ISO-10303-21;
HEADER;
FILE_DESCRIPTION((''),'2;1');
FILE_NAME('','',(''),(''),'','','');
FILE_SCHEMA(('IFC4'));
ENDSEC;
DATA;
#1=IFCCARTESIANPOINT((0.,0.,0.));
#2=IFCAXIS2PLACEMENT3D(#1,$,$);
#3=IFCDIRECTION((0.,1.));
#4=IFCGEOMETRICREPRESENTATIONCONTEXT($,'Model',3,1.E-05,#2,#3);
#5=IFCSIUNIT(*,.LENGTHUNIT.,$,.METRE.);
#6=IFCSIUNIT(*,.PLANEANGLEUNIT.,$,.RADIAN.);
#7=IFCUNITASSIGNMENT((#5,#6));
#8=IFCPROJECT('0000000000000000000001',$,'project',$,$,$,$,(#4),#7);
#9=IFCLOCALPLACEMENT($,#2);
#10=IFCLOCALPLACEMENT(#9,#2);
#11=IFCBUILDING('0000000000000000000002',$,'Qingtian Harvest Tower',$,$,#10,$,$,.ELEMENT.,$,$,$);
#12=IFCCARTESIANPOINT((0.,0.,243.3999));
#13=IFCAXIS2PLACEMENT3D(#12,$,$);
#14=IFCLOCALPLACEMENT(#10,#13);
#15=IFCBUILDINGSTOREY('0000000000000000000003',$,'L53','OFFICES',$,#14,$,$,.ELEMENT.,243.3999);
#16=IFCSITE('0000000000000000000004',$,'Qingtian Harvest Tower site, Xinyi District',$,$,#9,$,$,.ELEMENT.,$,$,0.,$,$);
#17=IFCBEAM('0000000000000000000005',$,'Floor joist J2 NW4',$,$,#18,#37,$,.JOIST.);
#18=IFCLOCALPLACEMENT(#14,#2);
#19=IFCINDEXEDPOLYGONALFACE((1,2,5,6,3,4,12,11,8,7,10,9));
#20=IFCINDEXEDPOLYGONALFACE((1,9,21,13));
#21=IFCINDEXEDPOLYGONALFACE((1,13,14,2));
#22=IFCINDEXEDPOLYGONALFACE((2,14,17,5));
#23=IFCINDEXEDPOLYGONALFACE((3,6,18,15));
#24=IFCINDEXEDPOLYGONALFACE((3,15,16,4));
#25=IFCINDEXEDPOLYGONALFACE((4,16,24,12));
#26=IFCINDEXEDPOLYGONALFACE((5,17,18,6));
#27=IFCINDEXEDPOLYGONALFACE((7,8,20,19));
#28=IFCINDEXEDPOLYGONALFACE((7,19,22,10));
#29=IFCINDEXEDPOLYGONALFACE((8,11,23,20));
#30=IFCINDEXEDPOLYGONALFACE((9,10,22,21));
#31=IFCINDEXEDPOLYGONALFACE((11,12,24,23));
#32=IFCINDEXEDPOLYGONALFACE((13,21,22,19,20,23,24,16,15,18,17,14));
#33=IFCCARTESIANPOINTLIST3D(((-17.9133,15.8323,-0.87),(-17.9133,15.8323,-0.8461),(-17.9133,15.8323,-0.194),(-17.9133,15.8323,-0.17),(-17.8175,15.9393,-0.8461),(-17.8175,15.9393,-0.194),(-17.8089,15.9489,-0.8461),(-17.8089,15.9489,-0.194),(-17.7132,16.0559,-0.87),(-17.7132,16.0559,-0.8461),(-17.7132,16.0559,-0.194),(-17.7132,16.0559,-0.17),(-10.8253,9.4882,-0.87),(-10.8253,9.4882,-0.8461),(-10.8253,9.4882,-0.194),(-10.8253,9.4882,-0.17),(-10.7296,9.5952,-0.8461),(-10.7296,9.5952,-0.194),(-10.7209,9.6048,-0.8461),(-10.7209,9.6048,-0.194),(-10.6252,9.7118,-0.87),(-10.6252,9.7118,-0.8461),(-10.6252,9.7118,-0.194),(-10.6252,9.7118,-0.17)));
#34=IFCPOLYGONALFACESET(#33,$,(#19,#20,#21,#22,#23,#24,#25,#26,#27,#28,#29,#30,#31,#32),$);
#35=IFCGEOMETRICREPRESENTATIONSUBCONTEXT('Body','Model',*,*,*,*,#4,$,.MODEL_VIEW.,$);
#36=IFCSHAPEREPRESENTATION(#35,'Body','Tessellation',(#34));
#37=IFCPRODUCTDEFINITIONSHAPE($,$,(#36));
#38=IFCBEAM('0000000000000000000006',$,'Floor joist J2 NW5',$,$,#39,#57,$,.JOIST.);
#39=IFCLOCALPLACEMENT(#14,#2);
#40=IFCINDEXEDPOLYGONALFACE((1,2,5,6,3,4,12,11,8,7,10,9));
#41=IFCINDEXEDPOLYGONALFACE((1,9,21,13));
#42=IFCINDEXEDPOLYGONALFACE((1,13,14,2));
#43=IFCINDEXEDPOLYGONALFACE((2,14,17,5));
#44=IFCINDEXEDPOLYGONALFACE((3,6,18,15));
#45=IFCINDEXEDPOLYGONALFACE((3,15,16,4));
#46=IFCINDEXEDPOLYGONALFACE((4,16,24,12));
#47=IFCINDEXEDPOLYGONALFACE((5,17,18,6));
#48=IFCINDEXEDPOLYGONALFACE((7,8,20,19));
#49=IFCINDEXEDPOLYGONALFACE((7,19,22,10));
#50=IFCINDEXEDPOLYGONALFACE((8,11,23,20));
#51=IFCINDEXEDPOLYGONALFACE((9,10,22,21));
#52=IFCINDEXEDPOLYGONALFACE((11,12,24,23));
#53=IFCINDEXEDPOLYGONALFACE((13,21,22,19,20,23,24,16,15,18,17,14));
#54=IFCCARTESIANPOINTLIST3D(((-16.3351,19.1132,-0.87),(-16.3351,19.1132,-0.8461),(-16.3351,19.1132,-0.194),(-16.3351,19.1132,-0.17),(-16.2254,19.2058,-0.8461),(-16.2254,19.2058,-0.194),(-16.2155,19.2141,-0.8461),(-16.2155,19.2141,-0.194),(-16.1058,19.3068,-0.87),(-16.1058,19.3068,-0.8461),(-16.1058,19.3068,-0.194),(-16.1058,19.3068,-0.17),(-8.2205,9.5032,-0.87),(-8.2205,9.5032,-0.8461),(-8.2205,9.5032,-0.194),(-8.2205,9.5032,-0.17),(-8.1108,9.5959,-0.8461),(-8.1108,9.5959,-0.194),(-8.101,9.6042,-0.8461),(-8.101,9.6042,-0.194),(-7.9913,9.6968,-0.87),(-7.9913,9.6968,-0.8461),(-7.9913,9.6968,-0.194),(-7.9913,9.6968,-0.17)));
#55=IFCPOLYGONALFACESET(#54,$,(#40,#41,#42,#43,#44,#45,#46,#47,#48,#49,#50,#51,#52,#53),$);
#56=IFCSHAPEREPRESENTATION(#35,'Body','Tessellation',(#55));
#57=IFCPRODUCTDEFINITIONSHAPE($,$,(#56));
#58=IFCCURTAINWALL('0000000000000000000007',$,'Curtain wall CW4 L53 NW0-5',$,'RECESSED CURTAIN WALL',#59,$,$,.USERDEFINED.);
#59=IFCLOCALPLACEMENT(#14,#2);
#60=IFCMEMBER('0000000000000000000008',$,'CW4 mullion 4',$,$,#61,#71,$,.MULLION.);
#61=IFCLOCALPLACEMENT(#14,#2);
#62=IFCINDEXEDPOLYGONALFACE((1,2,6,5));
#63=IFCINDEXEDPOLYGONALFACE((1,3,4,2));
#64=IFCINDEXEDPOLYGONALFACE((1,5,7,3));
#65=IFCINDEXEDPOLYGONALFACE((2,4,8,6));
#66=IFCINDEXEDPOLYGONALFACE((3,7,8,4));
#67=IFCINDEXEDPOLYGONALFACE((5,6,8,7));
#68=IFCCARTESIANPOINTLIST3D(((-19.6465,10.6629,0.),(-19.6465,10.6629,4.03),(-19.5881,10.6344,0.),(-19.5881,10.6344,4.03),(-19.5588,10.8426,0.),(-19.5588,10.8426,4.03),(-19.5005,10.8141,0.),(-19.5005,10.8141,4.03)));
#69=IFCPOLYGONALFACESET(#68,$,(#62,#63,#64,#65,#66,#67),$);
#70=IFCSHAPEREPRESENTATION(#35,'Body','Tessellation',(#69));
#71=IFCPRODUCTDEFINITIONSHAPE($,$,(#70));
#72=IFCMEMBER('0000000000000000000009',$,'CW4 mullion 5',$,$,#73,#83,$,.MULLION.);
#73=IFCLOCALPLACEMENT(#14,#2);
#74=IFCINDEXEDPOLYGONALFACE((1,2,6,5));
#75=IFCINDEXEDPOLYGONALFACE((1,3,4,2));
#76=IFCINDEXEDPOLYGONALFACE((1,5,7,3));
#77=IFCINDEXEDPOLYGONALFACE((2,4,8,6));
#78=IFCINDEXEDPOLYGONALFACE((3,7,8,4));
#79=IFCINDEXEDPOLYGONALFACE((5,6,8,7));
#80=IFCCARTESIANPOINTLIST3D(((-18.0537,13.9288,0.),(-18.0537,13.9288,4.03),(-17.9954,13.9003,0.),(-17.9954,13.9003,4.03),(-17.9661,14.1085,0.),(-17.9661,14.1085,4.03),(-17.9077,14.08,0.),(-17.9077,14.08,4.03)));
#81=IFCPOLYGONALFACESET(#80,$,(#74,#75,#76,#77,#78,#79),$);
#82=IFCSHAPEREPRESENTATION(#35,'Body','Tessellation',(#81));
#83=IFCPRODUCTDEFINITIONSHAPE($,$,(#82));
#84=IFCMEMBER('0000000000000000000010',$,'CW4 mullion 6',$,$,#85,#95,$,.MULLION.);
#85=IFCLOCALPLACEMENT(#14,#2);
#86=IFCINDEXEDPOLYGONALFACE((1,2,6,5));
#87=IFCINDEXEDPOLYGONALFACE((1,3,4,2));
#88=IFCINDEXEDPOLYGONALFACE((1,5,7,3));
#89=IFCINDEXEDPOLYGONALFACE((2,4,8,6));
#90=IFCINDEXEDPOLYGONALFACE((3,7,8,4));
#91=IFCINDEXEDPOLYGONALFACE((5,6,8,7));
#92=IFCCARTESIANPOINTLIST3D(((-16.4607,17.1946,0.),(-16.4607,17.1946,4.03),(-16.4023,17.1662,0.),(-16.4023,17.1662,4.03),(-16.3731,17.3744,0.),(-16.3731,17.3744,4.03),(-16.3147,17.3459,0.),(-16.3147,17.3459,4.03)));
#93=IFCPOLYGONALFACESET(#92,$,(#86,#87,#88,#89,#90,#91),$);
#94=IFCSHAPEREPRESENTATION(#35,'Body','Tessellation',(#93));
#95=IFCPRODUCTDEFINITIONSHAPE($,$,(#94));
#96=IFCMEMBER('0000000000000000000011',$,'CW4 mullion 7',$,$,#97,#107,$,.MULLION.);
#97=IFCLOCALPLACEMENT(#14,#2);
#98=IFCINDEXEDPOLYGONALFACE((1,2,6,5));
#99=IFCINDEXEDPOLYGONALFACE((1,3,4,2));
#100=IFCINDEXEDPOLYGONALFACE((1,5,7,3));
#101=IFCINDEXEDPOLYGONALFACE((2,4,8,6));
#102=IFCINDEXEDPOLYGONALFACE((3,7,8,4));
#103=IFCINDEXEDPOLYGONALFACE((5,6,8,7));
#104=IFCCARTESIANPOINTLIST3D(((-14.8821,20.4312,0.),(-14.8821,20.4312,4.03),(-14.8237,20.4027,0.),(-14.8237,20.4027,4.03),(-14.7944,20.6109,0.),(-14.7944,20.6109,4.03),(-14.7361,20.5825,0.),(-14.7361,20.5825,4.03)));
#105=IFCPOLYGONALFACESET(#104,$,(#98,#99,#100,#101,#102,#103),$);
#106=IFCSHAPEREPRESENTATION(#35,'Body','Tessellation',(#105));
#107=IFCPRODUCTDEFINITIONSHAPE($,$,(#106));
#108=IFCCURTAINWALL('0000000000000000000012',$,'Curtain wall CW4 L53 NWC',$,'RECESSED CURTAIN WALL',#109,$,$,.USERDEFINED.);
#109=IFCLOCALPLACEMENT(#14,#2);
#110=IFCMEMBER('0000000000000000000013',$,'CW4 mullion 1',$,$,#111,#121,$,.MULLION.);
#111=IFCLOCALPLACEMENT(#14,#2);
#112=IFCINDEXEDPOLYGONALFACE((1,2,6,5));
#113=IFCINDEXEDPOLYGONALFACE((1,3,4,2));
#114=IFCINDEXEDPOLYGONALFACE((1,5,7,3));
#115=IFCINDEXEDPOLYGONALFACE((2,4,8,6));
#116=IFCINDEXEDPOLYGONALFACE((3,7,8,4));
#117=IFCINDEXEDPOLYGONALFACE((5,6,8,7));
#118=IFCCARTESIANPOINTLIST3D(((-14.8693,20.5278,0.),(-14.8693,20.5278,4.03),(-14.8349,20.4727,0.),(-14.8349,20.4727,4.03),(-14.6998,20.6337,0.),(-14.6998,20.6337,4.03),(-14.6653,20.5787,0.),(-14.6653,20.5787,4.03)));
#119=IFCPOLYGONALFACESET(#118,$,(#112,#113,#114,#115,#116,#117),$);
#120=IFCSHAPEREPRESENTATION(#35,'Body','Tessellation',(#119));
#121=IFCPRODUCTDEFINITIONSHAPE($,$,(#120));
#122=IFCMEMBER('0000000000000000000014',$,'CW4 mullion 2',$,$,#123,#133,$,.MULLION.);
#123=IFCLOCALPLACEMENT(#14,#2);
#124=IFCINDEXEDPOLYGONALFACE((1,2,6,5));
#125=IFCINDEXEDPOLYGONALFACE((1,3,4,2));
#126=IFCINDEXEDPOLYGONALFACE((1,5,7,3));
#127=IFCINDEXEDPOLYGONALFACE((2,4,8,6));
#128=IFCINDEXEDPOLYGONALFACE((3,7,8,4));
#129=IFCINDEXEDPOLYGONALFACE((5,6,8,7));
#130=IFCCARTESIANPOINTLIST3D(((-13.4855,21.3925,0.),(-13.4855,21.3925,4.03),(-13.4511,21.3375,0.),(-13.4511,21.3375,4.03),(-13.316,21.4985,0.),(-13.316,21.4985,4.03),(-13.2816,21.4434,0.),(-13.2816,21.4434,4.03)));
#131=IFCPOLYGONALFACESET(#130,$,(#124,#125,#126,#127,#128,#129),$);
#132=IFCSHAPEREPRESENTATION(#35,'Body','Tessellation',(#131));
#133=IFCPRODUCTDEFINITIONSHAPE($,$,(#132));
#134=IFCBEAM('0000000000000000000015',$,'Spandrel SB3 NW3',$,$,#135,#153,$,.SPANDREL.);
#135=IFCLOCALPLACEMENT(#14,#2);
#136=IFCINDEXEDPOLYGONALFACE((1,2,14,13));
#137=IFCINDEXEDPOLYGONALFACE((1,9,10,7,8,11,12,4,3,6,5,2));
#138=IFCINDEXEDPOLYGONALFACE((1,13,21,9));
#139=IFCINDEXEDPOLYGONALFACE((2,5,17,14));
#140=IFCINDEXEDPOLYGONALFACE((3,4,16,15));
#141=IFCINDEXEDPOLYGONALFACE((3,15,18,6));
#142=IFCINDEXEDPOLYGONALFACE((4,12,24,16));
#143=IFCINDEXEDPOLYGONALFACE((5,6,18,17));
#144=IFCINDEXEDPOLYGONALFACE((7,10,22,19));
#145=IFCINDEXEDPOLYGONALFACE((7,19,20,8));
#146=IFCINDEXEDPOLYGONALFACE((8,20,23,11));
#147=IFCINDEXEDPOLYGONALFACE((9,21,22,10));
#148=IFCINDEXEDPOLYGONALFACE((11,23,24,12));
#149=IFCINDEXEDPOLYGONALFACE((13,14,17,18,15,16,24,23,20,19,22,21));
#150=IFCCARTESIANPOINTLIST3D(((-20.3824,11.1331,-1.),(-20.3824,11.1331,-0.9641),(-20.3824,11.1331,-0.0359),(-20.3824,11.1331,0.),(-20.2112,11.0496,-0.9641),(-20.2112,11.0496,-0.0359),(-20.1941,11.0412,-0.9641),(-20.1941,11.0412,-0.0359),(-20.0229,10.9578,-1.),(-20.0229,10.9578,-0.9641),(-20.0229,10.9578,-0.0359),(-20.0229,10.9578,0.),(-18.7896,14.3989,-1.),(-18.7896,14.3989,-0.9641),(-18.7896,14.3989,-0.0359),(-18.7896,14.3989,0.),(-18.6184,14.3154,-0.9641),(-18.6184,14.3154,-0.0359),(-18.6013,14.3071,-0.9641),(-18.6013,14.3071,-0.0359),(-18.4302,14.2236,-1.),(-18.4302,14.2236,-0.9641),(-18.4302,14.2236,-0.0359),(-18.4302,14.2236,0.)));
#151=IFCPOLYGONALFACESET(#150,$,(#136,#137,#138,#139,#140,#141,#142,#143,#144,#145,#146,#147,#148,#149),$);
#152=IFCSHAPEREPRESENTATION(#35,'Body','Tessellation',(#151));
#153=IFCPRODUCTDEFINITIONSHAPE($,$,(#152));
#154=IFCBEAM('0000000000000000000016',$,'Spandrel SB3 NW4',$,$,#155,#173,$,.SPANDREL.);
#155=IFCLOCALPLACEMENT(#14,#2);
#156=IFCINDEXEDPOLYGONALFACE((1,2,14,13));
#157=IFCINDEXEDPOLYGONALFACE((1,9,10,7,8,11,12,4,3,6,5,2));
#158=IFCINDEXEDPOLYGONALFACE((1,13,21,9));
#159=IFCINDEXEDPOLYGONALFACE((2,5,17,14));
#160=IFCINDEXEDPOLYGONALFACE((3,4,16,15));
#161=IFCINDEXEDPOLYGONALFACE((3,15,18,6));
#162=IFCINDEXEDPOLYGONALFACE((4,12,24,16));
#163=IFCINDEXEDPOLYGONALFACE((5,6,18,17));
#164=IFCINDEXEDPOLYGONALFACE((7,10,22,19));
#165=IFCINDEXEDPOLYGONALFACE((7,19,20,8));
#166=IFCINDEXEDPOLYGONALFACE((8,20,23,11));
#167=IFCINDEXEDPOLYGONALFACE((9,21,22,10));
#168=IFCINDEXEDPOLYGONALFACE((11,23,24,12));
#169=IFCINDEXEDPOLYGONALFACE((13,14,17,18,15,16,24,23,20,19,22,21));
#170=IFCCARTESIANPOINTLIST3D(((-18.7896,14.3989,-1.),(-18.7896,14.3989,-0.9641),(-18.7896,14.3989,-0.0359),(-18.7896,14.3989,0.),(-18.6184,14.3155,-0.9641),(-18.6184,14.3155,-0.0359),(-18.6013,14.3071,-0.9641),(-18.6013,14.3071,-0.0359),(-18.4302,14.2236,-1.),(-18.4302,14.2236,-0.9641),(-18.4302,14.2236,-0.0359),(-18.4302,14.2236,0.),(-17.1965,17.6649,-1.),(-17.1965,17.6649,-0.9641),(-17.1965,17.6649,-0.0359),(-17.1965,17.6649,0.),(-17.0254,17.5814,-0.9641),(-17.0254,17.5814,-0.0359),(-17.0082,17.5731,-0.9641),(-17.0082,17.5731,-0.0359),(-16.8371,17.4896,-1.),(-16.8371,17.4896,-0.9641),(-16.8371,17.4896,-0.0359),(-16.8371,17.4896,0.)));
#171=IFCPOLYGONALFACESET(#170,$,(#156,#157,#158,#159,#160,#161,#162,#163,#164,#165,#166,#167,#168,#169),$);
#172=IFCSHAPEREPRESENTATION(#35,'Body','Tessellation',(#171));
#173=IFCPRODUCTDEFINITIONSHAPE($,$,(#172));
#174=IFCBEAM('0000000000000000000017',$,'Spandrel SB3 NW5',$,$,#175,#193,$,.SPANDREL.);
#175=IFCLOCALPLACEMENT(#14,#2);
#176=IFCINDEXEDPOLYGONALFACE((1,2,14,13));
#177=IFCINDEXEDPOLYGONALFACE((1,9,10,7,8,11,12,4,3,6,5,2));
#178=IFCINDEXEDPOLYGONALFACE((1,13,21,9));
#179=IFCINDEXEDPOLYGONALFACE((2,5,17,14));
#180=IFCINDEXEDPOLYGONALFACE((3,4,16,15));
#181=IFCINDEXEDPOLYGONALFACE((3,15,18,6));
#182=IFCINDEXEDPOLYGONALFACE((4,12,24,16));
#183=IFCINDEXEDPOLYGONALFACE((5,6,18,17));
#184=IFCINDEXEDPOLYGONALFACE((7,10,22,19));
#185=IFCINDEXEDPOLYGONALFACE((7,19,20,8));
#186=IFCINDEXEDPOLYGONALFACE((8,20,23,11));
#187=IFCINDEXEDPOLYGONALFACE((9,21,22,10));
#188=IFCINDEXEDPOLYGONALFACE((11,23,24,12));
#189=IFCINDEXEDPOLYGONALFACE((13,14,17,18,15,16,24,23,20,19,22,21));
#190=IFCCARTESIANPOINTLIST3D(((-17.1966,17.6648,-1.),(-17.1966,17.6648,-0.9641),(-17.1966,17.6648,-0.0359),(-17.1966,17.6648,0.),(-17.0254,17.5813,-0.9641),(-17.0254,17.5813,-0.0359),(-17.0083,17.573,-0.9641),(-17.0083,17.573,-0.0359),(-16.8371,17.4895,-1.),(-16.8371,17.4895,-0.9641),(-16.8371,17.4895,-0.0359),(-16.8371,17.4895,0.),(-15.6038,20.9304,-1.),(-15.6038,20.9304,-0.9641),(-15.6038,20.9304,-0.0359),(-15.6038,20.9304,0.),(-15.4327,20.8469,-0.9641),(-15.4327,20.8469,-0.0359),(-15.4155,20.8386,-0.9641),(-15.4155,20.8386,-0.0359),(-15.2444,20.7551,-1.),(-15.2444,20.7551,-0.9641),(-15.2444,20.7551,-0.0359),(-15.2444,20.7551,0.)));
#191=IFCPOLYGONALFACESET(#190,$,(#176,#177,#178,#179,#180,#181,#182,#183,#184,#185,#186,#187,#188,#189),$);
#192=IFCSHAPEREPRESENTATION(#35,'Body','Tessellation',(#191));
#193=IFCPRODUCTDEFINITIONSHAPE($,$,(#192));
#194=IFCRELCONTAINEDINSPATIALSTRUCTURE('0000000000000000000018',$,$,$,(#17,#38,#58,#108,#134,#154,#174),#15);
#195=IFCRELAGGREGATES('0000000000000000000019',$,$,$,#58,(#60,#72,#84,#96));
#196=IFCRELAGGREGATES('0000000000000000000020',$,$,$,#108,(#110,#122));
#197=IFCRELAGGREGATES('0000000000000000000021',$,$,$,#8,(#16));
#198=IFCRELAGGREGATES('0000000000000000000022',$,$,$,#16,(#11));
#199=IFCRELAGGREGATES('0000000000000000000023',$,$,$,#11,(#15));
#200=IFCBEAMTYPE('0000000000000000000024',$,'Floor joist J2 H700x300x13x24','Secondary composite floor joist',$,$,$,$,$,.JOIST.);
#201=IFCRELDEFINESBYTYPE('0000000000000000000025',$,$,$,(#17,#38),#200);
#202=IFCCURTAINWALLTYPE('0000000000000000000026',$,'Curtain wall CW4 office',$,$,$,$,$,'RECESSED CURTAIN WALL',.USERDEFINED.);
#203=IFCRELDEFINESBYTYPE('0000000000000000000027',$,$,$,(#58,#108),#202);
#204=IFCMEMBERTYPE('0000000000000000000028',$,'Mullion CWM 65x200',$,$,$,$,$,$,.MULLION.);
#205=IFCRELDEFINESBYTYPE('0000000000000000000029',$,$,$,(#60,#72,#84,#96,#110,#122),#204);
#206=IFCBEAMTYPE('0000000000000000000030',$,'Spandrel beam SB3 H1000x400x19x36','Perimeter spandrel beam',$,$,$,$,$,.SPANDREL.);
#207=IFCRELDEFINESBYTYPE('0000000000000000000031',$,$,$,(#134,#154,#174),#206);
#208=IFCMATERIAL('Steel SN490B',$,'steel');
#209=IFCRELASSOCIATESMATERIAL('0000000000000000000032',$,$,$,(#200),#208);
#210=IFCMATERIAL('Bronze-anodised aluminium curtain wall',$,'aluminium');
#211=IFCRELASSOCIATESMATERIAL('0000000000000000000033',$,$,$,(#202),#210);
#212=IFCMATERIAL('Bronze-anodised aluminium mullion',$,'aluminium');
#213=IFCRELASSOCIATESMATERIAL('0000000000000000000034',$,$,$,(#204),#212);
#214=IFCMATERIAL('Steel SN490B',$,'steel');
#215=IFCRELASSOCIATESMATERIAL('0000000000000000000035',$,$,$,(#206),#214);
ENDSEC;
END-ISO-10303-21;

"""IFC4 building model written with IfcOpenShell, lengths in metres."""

from ifc_helpers import new_model, si_unit, direction, frame, origin, origin_2d, place, context, subcontext, project, spatial, rectangle, i_section, extrude, material, material_profile, profile_set, type_object, element, aggregate, save


model = new_model("IFC4")

# Units and contexts
model_context = context("Model", 3, precision=1e-05, world=origin(), true_north=direction((0.0, 1.0)))
body_context = subcontext(model_context, "Body", "Model", "MODEL_VIEW")
ifc_project = project(units=[si_unit("LENGTHUNIT", "METRE"), si_unit("PLANEANGLEUNIT", "RADIAN")], contexts=[model_context])

# Site, building, storey
site_placement = place(None, origin())
site = spatial("IfcSite", under=ifc_project, at=site_placement, Name="Qingtian Harvest Tower site, Xinyi District", CompositionType="ELEMENT", RefElevation=0.0)
building_placement = place(site_placement, origin())
building = spatial("IfcBuilding", under=site, at=building_placement, Name="Qingtian Harvest Tower", CompositionType="ELEMENT")
storey_placement = place(building_placement, frame((0.0, 0.0, 243.3999)))
storey = spatial("IfcBuildingStorey", under=building, at=storey_placement, Name="L53", Description="OFFICES", CompositionType="ELEMENT", Elevation=243.3999)

# Beams
ifc_material_1 = material(Name="Steel SN490B", Category="steel")
ifc_material_profile_1 = material_profile(ifc_material_1, i_section(OverallWidth=0.3, OverallDepth=0.7, WebThickness=0.0129, FlangeThickness=0.0239, at=origin_2d()), Name="H700x300x13x24")
ifc_profile_set_1 = profile_set([ifc_material_profile_1], Name="Steel SN490B")
beam_type_1 = type_object("IfcBeamType", Name="Floor joist J2 H700x300x13x24", Description="Secondary composite floor joist", PredefinedType="JOIST", material=ifc_profile_set_1)
beam_1_placement = place(storey_placement, frame((-17.8132, 15.9441, -0.52), z_axis=(0.745127, -0.666923, 0.0), x_axis=(0.666923, 0.745127, 0.0)))
element("IfcBeam", 1, at=beam_1_placement, inside=storey, type_object=beam_type_1, Name="Floor joist J2 NW4", PredefinedType="JOIST", context=body_context, shape_type="SweptSolid", body=[
    extrude(i_section(OverallWidth=0.3, OverallDepth=0.7, WebThickness=0.0129, FlangeThickness=0.0239, at=origin_2d()), origin(), (0.0, 0.0, 1.0), 9.5125),
])
beam_2_placement = place(storey_placement, frame((-16.2205, 19.21, -0.52), z_axis=(0.645158, -0.764049, 0.0), x_axis=(0.764049, 0.645158, 0.0)))
element("IfcBeam", 2, at=beam_2_placement, inside=storey, type_object=beam_type_1, Name="Floor joist J2 NW5", PredefinedType="JOIST", context=body_context, shape_type="SweptSolid", body=[
    extrude(i_section(OverallWidth=0.3, OverallDepth=0.7, WebThickness=0.0129, FlangeThickness=0.0239, at=origin_2d()), origin(), (0.0, 0.0, 1.0), 12.5776),
])

# Curtain walls, members
ifc_material_2 = material(Name="Bronze-anodised aluminium curtain wall", Category="aluminium")
curtain_wall_type = type_object("IfcCurtainWallType", Name="Curtain wall CW4 office", ElementType="RECESSED CURTAIN WALL", PredefinedType="USERDEFINED", material=ifc_material_2)
curtain_wall_1_placement = place(storey_placement, origin())
curtain_wall_1 = element("IfcCurtainWall", 3, at=curtain_wall_1_placement, inside=storey, type_object=curtain_wall_type, Name="Curtain wall CW4 L53 NW0-5", ObjectType="RECESSED CURTAIN WALL", PredefinedType="USERDEFINED")
ifc_material_3 = material(Name="Bronze-anodised aluminium mullion", Category="aluminium")
ifc_material_profile_2 = material_profile(ifc_material_3, rectangle(XDim=0.0649, YDim=0.2, at=origin_2d()), Name="AL 65x200")
ifc_profile_set_2 = profile_set([ifc_material_profile_2], Name="Bronze-anodised aluminium mullion")
member_type_1 = type_object("IfcMemberType", Name="Mullion CWM 65x200", PredefinedType="MULLION", material=ifc_profile_set_2)
member_1_placement = place(storey_placement, frame((-19.5735, 10.7385, 0.0), z_axis=(0.0, 0.0, 1.0), x_axis=(-0.898794, 0.438371, 0.0)))
member_1 = element("IfcMember", 4, at=member_1_placement, type_object=member_type_1, Name="CW4 mullion 4", PredefinedType="MULLION", context=body_context, shape_type="SweptSolid", body=[
    extrude(rectangle(XDim=0.0649, YDim=0.2, at=origin_2d()), origin(), (0.0, 0.0, 1.0), 4.03),
])
member_2_placement = place(storey_placement, frame((-17.9807, 14.0044, 0.0), z_axis=(0.0, 0.0, 1.0), x_axis=(-0.898794, 0.438371, 0.0)))
member_2 = element("IfcMember", 5, at=member_2_placement, type_object=member_type_1, Name="CW4 mullion 5", PredefinedType="MULLION", context=body_context, shape_type="SweptSolid", body=[
    extrude(rectangle(XDim=0.0649, YDim=0.2, at=origin_2d()), origin(), (0.0, 0.0, 1.0), 4.03),
])
member_3_placement = place(storey_placement, frame((-16.3877, 17.2703, 0.0), z_axis=(0.0, 0.0, 1.0), x_axis=(-0.898794, 0.438371, 0.0)))
member_3 = element("IfcMember", 6, at=member_3_placement, type_object=member_type_1, Name="CW4 mullion 6", PredefinedType="MULLION", context=body_context, shape_type="SweptSolid", body=[
    extrude(rectangle(XDim=0.0649, YDim=0.2, at=origin_2d()), origin(), (0.0, 0.0, 1.0), 4.03),
])
member_4_placement = place(storey_placement, frame((-14.8091, 20.5068, 0.0), z_axis=(0.0, 0.0, 1.0), x_axis=(-0.898794, 0.438371, 0.0)))
member_4 = element("IfcMember", 7, at=member_4_placement, type_object=member_type_1, Name="CW4 mullion 7", PredefinedType="MULLION", context=body_context, shape_type="SweptSolid", body=[
    extrude(rectangle(XDim=0.0649, YDim=0.2, at=origin_2d()), origin(), (0.0, 0.0, 1.0), 4.03),
])
curtain_wall_2_placement = place(storey_placement, origin())
curtain_wall_2 = element("IfcCurtainWall", 8, at=curtain_wall_2_placement, inside=storey, type_object=curtain_wall_type, Name="Curtain wall CW4 L53 NWC", ObjectType="RECESSED CURTAIN WALL", PredefinedType="USERDEFINED")
member_5_placement = place(storey_placement, frame((-14.7673, 20.5532, 0.0), z_axis=(0.0, 0.0, 1.0), x_axis=(-0.529919, 0.848048, 0.0)))
member_5 = element("IfcMember", 9, at=member_5_placement, type_object=member_type_1, Name="CW4 mullion 1", PredefinedType="MULLION", context=body_context, shape_type="SweptSolid", body=[
    extrude(rectangle(XDim=0.0649, YDim=0.2, at=origin_2d()), origin(), (0.0, 0.0, 1.0), 4.03),
])
member_6_placement = place(storey_placement, frame((-13.3835, 21.418, 0.0), z_axis=(0.0, 0.0, 1.0), x_axis=(-0.529919, 0.848048, 0.0)))
member_6 = element("IfcMember", 10, at=member_6_placement, type_object=member_type_1, Name="CW4 mullion 2", PredefinedType="MULLION", context=body_context, shape_type="SweptSolid", body=[
    extrude(rectangle(XDim=0.0649, YDim=0.2, at=origin_2d()), origin(), (0.0, 0.0, 1.0), 4.03),
])

# Beams
ifc_material_4 = material(Name="Steel SN490B", Category="steel")
ifc_material_profile_3 = material_profile(ifc_material_4, i_section(OverallWidth=0.3999, OverallDepth=1.0, WebThickness=0.019, FlangeThickness=0.0359, at=origin_2d()), Name="H1000x400x19x36")
ifc_profile_set_3 = profile_set([ifc_material_profile_3], Name="Steel SN490B")
beam_type_2 = type_object("IfcBeamType", Name="Spandrel beam SB3 H1000x400x19x36", Description="Perimeter spandrel beam", PredefinedType="SPANDREL", material=ifc_profile_set_3)
beam_3_placement = place(storey_placement, frame((-20.2026, 11.0454, -0.5), z_axis=(0.438349, 0.898805, 0.0), x_axis=(-0.898805, 0.438349, 0.0)))
element("IfcBeam", 11, at=beam_3_placement, inside=storey, type_object=beam_type_2, Name="Spandrel SB3 NW3", PredefinedType="SPANDREL", context=body_context, shape_type="SweptSolid", body=[
    extrude(i_section(OverallWidth=0.3999, OverallDepth=1.0, WebThickness=0.019, FlangeThickness=0.0359, at=origin_2d()), origin(), (0.0, 0.0, 1.0), 3.6335),
])
beam_4_placement = place(storey_placement, frame((-18.6099, 14.3113, -0.5), z_axis=(0.438404, 0.898778, 0.0), x_axis=(-0.898778, 0.438404, 0.0)))
element("IfcBeam", 12, at=beam_4_placement, inside=storey, type_object=beam_type_2, Name="Spandrel SB3 NW4", PredefinedType="SPANDREL", context=body_context, shape_type="SweptSolid", body=[
    extrude(i_section(OverallWidth=0.3999, OverallDepth=1.0, WebThickness=0.019, FlangeThickness=0.0359, at=origin_2d()), origin(), (0.0, 0.0, 1.0), 3.6338),
])
beam_5_placement = place(storey_placement, frame((-17.0168, 17.5771, -0.5), z_axis=(0.438376, 0.898792, 0.0), x_axis=(-0.898792, 0.438376, 0.0)))
element("IfcBeam", 13, at=beam_5_placement, inside=storey, type_object=beam_type_2, Name="Spandrel SB3 NW5", PredefinedType="SPANDREL", context=body_context, shape_type="SweptSolid", body=[
    extrude(i_section(OverallWidth=0.3999, OverallDepth=1.0, WebThickness=0.019, FlangeThickness=0.0359, at=origin_2d()), origin(), (0.0, 0.0, 1.0), 3.6333),
])

aggregate(curtain_wall_1, [member_1, member_2, member_3, member_4])
aggregate(curtain_wall_2, [member_5, member_6])

save(model, "model.ifc")
